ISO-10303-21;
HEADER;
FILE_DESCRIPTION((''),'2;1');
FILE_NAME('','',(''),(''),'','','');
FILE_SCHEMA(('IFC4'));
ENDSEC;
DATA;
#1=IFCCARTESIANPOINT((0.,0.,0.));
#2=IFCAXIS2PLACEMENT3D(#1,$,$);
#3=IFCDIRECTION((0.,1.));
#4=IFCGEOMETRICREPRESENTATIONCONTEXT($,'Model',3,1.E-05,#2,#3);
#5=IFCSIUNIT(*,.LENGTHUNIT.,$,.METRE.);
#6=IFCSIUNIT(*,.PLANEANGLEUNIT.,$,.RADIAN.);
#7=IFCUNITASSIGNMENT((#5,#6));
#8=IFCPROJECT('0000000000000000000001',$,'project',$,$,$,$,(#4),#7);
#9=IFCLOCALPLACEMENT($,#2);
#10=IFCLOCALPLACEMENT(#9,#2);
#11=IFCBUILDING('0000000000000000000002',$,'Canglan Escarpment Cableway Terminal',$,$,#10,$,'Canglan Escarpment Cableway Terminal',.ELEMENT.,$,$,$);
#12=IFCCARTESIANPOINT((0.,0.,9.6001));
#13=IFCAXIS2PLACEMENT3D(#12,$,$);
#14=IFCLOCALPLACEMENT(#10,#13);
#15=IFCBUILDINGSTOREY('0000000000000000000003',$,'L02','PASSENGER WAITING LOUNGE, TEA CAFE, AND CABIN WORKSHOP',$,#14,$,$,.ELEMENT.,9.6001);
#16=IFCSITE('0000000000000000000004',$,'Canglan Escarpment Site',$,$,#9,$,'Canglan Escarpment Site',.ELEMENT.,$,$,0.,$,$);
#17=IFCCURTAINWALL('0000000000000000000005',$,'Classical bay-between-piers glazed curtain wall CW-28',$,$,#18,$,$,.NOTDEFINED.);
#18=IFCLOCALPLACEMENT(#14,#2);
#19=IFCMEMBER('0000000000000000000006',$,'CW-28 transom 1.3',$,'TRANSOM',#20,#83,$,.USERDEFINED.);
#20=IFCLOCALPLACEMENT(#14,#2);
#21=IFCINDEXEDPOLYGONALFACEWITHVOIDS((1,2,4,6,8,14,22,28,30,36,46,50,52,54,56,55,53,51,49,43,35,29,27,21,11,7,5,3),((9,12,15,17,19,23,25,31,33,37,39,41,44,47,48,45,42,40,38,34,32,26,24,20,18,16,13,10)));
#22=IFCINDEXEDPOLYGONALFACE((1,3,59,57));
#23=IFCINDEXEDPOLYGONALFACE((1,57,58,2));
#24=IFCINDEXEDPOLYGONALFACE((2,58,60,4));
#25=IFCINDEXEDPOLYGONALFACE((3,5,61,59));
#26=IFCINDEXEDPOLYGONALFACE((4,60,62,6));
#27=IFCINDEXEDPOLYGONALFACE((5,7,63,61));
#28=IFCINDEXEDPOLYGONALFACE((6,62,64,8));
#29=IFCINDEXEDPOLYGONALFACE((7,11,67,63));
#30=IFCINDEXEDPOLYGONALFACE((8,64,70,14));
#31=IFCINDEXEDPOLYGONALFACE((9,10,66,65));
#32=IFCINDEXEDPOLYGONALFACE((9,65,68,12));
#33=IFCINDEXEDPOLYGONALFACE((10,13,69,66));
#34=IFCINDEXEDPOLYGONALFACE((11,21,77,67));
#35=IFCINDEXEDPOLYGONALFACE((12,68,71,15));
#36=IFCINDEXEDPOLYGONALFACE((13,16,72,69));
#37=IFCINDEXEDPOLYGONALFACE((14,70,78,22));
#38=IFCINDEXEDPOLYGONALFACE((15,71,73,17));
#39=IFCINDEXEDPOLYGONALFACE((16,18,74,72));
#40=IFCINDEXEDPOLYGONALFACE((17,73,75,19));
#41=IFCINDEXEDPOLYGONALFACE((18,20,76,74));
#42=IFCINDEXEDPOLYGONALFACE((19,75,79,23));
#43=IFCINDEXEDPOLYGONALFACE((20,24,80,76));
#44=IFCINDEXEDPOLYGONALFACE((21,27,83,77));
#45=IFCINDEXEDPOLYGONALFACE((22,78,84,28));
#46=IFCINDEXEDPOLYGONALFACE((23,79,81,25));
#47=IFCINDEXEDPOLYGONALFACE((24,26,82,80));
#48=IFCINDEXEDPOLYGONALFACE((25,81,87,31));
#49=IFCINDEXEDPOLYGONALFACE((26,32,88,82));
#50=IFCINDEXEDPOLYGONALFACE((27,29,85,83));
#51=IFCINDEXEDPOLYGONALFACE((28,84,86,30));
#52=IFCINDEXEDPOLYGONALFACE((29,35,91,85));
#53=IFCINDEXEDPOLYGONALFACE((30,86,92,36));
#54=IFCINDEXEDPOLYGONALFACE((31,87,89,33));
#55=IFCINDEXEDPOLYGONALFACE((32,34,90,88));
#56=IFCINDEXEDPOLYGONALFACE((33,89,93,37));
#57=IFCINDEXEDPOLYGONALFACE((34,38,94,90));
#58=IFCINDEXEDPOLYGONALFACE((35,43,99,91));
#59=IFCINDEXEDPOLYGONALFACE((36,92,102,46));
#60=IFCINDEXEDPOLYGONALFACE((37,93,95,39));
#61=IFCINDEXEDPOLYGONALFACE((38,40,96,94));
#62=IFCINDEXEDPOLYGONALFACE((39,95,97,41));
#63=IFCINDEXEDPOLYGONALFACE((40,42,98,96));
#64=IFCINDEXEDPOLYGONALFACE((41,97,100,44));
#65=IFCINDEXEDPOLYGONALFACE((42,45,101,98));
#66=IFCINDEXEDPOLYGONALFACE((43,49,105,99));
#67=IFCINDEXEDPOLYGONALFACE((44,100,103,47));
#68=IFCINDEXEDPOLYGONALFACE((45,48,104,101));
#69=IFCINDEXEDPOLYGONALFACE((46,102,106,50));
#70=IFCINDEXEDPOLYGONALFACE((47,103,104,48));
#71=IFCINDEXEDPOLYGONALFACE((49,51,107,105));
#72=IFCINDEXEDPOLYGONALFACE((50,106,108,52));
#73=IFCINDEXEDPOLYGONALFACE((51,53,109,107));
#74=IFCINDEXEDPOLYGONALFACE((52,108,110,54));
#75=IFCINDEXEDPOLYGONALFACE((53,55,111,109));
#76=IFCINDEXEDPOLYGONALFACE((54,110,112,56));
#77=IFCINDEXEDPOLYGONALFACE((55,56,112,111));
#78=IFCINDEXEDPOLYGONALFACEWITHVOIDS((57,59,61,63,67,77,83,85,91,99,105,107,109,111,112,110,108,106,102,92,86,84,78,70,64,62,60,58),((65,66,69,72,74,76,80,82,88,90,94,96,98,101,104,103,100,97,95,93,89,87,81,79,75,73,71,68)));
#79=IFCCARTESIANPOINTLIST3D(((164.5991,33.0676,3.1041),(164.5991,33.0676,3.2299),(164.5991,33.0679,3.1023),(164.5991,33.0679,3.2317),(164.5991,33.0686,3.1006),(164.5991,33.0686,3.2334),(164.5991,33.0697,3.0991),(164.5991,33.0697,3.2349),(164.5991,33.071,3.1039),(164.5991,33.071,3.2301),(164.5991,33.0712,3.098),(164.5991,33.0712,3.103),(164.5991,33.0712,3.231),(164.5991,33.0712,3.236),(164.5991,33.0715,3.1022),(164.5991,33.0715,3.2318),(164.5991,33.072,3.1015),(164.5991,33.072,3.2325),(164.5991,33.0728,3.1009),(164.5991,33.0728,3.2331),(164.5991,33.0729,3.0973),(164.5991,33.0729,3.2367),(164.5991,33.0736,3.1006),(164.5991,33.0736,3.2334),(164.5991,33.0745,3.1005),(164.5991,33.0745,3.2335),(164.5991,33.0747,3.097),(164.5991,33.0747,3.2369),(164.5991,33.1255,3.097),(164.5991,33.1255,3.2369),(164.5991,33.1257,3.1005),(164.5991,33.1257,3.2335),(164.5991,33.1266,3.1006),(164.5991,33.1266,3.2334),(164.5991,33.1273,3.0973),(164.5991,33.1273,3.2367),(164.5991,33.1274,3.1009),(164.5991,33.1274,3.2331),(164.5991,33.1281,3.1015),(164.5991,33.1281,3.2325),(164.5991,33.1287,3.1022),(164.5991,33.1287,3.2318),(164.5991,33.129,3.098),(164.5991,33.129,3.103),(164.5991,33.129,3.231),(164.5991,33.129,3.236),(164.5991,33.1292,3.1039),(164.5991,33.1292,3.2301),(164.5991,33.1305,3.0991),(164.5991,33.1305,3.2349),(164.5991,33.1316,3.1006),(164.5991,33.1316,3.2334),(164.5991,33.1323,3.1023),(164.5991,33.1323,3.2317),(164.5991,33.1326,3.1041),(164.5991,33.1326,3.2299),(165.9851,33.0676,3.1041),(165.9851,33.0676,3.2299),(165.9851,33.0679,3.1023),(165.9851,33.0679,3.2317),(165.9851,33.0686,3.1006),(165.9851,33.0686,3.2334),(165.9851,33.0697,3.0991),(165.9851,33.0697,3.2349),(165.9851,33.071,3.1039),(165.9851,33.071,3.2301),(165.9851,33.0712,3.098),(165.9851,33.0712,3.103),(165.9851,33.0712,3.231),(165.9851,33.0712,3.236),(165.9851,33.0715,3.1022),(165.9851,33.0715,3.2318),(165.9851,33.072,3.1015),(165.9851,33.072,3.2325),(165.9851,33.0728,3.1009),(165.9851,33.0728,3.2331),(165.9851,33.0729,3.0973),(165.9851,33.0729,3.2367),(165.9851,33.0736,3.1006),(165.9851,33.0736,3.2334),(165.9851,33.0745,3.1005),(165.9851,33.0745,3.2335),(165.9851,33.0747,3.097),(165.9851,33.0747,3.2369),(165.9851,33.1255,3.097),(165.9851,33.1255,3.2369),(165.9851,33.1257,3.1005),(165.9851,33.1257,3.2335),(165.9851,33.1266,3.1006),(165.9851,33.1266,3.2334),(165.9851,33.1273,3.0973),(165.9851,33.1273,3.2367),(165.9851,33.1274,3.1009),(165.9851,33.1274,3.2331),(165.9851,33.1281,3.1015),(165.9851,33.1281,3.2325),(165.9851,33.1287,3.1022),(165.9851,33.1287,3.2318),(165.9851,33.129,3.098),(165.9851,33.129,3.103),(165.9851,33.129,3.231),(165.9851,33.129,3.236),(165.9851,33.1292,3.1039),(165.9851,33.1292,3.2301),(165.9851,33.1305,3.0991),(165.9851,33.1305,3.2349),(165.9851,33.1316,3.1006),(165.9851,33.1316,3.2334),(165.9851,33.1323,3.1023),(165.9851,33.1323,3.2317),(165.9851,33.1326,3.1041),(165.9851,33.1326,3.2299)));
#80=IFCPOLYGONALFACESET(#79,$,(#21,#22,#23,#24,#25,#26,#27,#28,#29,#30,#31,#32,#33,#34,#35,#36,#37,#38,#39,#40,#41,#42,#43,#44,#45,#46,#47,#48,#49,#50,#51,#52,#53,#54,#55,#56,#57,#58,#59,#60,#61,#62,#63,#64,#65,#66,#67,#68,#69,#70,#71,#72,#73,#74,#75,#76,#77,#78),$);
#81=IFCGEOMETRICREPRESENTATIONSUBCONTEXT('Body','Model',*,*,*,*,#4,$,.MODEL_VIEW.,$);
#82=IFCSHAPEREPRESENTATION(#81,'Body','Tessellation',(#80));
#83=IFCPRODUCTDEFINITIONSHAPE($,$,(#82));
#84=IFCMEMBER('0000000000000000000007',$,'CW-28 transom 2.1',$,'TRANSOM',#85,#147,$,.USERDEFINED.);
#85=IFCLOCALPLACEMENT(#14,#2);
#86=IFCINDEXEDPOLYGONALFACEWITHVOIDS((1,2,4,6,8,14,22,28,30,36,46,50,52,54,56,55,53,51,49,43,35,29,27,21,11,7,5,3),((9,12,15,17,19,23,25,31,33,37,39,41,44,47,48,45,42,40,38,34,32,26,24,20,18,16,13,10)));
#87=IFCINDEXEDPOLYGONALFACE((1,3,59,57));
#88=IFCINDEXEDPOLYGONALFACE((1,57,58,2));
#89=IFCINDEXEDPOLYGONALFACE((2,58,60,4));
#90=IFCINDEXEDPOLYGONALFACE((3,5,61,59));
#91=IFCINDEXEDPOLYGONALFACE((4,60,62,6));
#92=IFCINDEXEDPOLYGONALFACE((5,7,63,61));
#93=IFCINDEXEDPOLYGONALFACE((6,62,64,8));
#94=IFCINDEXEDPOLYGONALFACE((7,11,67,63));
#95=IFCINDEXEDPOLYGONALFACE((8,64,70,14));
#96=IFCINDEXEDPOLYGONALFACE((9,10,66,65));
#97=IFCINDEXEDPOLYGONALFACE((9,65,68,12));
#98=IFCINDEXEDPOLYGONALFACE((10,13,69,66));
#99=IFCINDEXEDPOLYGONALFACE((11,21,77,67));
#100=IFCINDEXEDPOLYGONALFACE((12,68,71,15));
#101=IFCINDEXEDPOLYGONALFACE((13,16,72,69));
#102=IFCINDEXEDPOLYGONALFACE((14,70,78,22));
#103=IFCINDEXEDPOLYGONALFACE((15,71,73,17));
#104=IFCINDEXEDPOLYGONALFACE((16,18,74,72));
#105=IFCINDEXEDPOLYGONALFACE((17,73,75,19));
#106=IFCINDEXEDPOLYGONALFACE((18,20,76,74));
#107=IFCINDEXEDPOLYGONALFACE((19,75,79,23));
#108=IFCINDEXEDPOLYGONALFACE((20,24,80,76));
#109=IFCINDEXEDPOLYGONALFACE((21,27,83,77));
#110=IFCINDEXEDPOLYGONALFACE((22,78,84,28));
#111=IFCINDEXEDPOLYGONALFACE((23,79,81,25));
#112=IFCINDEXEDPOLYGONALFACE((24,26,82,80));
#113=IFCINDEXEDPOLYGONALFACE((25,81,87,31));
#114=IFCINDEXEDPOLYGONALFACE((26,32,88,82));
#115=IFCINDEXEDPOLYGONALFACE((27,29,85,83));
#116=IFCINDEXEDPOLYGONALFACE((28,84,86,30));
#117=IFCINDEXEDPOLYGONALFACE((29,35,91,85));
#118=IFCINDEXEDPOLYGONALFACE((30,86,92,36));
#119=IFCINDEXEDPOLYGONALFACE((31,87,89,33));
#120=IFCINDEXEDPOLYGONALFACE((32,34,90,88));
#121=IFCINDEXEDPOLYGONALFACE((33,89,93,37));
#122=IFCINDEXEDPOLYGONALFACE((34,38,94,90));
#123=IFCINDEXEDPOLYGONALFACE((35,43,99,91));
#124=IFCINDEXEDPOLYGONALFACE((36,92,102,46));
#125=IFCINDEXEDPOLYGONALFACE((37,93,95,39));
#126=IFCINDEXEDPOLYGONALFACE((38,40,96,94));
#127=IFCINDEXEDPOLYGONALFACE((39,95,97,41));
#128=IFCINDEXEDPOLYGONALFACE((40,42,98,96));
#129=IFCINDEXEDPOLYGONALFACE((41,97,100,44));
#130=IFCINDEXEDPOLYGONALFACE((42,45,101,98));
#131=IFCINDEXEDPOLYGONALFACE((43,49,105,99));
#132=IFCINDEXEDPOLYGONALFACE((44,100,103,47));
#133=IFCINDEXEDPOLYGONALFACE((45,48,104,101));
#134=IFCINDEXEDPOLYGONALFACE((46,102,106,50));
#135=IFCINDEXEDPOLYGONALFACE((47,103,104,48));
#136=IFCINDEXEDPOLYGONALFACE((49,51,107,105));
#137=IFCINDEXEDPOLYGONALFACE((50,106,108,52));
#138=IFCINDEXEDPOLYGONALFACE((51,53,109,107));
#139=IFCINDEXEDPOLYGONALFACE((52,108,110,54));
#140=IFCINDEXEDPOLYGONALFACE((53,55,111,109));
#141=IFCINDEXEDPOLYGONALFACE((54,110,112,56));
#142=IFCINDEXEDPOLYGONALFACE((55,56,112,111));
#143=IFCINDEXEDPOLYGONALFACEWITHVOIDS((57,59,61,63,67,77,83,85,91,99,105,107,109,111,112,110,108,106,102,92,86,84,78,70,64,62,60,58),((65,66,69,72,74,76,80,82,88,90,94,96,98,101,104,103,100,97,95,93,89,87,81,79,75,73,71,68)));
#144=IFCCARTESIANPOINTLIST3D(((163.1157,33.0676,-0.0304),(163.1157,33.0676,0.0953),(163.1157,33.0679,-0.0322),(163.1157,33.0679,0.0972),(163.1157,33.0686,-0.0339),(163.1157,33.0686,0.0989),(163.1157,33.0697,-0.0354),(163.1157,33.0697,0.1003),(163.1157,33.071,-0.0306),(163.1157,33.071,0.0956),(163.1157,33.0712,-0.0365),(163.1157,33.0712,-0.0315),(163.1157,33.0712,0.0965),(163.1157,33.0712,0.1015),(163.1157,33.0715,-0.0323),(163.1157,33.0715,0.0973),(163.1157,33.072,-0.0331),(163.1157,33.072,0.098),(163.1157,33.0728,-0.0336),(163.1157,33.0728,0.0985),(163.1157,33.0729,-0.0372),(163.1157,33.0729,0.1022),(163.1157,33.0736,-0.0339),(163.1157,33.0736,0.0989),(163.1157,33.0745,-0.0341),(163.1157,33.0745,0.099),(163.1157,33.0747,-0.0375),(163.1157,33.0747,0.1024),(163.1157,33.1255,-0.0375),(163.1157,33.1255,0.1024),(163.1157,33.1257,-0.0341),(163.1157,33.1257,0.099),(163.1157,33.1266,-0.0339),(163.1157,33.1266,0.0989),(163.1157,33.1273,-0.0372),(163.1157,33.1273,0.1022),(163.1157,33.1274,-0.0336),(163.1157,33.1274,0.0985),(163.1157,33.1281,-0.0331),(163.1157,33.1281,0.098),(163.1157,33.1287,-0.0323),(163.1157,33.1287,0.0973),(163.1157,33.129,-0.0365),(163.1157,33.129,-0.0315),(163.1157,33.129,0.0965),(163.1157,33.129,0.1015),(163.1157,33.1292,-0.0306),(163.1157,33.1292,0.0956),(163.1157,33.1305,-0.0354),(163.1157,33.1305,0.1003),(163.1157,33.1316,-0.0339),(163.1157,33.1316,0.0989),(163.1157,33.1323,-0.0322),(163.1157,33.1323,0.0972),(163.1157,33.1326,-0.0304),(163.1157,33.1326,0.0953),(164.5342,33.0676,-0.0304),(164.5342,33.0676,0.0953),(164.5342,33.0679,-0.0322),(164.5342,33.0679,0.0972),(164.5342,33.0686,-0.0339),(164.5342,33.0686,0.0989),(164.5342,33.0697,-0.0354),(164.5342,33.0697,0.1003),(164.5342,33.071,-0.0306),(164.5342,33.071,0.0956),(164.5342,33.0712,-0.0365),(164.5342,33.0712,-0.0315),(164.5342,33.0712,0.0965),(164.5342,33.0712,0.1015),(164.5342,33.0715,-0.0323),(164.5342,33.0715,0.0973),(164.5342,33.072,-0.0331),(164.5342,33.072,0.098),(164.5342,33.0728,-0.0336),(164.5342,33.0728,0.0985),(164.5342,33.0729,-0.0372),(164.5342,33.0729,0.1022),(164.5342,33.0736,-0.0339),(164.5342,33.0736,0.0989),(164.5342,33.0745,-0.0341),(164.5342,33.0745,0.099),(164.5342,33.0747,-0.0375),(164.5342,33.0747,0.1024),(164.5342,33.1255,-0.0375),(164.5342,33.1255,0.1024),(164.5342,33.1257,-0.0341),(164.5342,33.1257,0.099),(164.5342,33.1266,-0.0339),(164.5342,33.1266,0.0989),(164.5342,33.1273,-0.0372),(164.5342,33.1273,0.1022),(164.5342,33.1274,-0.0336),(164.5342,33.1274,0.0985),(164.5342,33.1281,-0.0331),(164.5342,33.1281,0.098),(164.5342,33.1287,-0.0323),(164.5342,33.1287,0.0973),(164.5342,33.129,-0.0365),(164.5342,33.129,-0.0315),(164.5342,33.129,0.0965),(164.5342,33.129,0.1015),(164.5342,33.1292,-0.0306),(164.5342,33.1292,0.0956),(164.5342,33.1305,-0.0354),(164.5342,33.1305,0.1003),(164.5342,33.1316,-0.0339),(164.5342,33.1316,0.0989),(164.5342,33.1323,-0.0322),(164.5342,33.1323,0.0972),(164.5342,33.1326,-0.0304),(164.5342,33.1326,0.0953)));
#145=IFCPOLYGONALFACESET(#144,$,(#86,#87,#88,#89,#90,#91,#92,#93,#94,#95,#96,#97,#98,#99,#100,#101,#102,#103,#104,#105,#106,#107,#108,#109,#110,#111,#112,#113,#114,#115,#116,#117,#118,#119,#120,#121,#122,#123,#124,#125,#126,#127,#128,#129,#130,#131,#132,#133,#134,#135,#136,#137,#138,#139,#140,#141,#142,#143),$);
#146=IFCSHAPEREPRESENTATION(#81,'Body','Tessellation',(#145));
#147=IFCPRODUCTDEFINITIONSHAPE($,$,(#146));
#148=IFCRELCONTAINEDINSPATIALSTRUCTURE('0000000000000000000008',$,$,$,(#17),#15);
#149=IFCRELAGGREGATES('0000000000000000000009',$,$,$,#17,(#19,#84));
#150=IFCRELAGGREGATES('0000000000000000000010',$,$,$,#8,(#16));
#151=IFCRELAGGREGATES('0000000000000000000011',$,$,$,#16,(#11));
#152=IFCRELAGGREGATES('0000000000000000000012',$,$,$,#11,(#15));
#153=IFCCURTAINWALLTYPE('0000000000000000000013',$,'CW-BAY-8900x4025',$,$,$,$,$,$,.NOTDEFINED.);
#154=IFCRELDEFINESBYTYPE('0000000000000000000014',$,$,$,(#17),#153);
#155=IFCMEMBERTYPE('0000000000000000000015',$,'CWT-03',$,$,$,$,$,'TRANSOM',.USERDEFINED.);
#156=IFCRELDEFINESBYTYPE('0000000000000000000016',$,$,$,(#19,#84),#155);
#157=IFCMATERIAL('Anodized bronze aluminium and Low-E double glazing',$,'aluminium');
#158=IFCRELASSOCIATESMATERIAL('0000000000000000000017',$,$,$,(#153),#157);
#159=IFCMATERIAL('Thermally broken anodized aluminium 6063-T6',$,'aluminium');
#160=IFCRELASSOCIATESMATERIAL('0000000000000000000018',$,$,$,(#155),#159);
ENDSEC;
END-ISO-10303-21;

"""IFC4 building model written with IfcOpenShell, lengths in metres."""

from ifc_helpers import new_model, si_unit, direction, frame, origin, origin_2d, place, context, subcontext, project, spatial, hollow_rectangle, extrude, material, material_profile, profile_set, type_object, element, aggregate, save


model = new_model("IFC4")

# Units and contexts
model_context = context("Model", 3, precision=1e-05, world=origin(), true_north=direction((0.0, 1.0)))
body_context = subcontext(model_context, "Body", "Model", "MODEL_VIEW")
ifc_project = project(units=[si_unit("LENGTHUNIT", "METRE"), si_unit("PLANEANGLEUNIT", "RADIAN")], contexts=[model_context])

# Site, building, storey
site_placement = place(None, origin())
site = spatial("IfcSite", under=ifc_project, at=site_placement, Name="Canglan Escarpment Site", LongName="Canglan Escarpment Site", CompositionType="ELEMENT", RefElevation=0.0)
building_placement = place(site_placement, origin())
building = spatial("IfcBuilding", under=site, at=building_placement, Name="Canglan Escarpment Cableway Terminal", LongName="Canglan Escarpment Cableway Terminal", CompositionType="ELEMENT")
storey_placement = place(building_placement, frame((0.0, 0.0, 9.6001)))
storey = spatial("IfcBuildingStorey", under=building, at=storey_placement, Name="L02", Description="PASSENGER WAITING LOUNGE, TEA CAFE, AND CABIN WORKSHOP", CompositionType="ELEMENT", Elevation=9.6001)

# Curtain wall
ifc_material_1 = material(Name="Anodized bronze aluminium and Low-E double glazing", Category="aluminium")
ifc_material_2 = material(Name="Thermally broken anodized aluminium 6063-T6", Category="aluminium")
curtain_wall_type_1 = type_object("IfcCurtainWallType", Name="CW-BAY-8900x4025", PredefinedType="NOTDEFINED", material=ifc_material_1)
curtain_wall_1_placement = place(storey_placement, origin())
curtain_wall_1 = element("IfcCurtainWall", 1, at=curtain_wall_1_placement, inside=storey, type_object=curtain_wall_type_1, Name="Classical bay-between-piers glazed curtain wall CW-28", PredefinedType="NOTDEFINED")

# Members
ifc_material_profile_1 = material_profile(ifc_material_2, hollow_rectangle(XDim=0.0649, YDim=0.1399, WallThickness=0.0034, InnerFilletRadius=0.0034, OuterFilletRadius=0.0071, at=origin_2d()), Name="ALU-TRAN 65x140x3.5")
ifc_profile_set_1 = profile_set([ifc_material_profile_1], Name="Thermally broken anodized aluminium 6063-T6")
member_type_1 = type_object("IfcMemberType", Name="CWT-03", ElementType="TRANSOM", PredefinedType="USERDEFINED", material=ifc_profile_set_1)
member_1_placement = place(storey_placement, frame((165.9851, 33.1001, 3.167), z_axis=(-1.0, 0.0, 0.0), x_axis=(0.0, -1.0, 0.0)))
member_1 = element("IfcMember", 2, at=member_1_placement, type_object=member_type_1, Name="CW-28 transom 1.3", ObjectType="TRANSOM", PredefinedType="USERDEFINED", context=body_context, shape_type="SweptSolid", body=[
    extrude(hollow_rectangle(XDim=0.0649, YDim=0.1399, WallThickness=0.0034, InnerFilletRadius=0.0034, OuterFilletRadius=0.0071, at=origin_2d()), origin(), (0.0, 0.0, 1.0), 1.386),
])
member_2_placement = place(storey_placement, frame((164.5342, 33.1001, 0.0325), z_axis=(-1.0, 0.0, 0.0), x_axis=(0.0, -1.0, 0.0)))
member_2 = element("IfcMember", 3, at=member_2_placement, type_object=member_type_1, Name="CW-28 transom 2.1", ObjectType="TRANSOM", PredefinedType="USERDEFINED", context=body_context, shape_type="SweptSolid", body=[
    extrude(hollow_rectangle(XDim=0.0649, YDim=0.1399, WallThickness=0.0034, InnerFilletRadius=0.0034, OuterFilletRadius=0.0071, at=origin_2d()), origin(), (0.0, 0.0, 1.0), 1.4185),
])

aggregate(curtain_wall_1, [member_1, member_2])

save(model, "model.ifc")
